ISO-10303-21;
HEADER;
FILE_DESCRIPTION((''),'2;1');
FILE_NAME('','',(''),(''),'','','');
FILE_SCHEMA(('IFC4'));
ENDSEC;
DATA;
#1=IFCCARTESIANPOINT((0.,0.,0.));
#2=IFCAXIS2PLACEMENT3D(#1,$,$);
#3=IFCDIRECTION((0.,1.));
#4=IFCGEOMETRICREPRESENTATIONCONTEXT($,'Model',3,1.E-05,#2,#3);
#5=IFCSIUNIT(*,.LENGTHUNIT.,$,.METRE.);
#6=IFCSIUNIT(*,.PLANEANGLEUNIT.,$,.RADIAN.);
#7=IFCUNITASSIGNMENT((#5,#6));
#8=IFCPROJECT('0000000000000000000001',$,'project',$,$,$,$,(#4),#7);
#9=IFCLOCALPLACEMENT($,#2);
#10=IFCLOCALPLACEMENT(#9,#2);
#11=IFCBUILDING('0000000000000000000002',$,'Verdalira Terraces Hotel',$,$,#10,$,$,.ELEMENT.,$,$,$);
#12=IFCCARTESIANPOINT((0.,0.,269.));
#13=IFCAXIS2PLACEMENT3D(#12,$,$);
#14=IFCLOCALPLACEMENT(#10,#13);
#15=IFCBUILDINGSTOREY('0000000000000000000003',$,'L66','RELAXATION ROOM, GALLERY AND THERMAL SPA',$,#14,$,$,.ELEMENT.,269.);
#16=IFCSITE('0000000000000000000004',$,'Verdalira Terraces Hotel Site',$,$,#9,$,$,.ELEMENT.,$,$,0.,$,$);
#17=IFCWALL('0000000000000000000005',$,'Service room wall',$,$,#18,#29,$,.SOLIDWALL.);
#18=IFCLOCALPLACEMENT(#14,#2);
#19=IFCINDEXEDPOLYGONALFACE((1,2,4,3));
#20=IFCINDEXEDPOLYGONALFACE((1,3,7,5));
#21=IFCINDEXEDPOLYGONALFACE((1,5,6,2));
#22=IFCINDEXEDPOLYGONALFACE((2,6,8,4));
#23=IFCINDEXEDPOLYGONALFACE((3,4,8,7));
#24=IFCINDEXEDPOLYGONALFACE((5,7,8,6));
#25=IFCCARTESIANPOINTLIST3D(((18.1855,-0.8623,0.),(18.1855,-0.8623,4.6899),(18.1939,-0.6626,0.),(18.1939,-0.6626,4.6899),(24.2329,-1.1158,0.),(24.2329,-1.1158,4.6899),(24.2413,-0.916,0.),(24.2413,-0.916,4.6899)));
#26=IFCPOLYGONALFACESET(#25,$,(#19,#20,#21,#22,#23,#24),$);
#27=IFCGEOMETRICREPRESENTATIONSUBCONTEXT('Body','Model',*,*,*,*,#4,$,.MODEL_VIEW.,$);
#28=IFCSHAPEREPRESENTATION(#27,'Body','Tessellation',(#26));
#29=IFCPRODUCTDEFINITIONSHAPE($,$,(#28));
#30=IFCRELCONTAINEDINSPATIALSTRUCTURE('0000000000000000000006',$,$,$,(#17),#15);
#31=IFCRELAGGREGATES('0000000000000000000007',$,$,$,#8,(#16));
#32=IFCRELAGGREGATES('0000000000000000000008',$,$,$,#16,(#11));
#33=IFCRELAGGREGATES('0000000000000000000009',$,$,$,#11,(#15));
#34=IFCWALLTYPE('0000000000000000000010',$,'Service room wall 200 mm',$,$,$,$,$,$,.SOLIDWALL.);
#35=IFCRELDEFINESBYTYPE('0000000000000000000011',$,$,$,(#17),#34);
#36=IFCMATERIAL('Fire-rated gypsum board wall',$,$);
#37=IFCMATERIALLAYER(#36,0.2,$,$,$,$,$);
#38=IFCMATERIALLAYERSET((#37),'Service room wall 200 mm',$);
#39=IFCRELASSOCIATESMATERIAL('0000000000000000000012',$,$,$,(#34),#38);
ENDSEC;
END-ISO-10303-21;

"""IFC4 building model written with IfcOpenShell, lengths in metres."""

from ifc_helpers import new_model, si_unit, direction, frame, frame_2d, origin, place, context, subcontext, project, spatial, rectangle, extrude, material, layer, layer_set, type_object, element, save


model = new_model("IFC4")

# Units and contexts
model_context = context("Model", 3, precision=1e-05, world=origin(), true_north=direction((0.0, 1.0)))
body_context = subcontext(model_context, "Body", "Model", "MODEL_VIEW")
ifc_project = project(units=[si_unit("LENGTHUNIT", "METRE"), si_unit("PLANEANGLEUNIT", "RADIAN")], contexts=[model_context])

# Site, building, storey
site_placement = place(None, origin())
site = spatial("IfcSite", under=ifc_project, at=site_placement, Name="Verdalira Terraces Hotel Site", CompositionType="ELEMENT", RefElevation=0.0)
building_placement = place(site_placement, origin())
building = spatial("IfcBuilding", under=site, at=building_placement, Name="Verdalira Terraces Hotel", CompositionType="ELEMENT")
storey_placement = place(building_placement, frame((0.0, 0.0, 269.0)))
storey = spatial("IfcBuildingStorey", under=building, at=storey_placement, Name="L66", Description="RELAXATION ROOM, GALLERY AND THERMAL SPA", CompositionType="ELEMENT", Elevation=269.0)

# Wall
ifc_material_1 = material(Name="Fire-rated gypsum board wall")
ifc_layer_1 = layer(ifc_material_1, 0.2)
ifc_layer_set_1 = layer_set([ifc_layer_1], Name="Service room wall 200 mm")
wall_type_1 = type_object("IfcWallType", Name="Service room wall 200 mm", PredefinedType="SOLIDWALL", material=ifc_layer_set_1)
wall_1_placement = place(storey_placement, frame((18.1897, -0.7625, 0.0), z_axis=(0.0, 0.0, 1.0), x_axis=(0.999123, -0.041869, 0.0)))
element("IfcWall", 1, at=wall_1_placement, inside=storey, type_object=wall_type_1, Name="Service room wall", PredefinedType="SOLIDWALL", context=body_context, shape_type="SweptSolid", body=[
    extrude(rectangle(XDim=6.0527, YDim=0.2, at=frame_2d((3.0264, 0.0))), origin(), (0.0, 0.0, 1.0), 4.6899),
])

save(model, "model.ifc")
